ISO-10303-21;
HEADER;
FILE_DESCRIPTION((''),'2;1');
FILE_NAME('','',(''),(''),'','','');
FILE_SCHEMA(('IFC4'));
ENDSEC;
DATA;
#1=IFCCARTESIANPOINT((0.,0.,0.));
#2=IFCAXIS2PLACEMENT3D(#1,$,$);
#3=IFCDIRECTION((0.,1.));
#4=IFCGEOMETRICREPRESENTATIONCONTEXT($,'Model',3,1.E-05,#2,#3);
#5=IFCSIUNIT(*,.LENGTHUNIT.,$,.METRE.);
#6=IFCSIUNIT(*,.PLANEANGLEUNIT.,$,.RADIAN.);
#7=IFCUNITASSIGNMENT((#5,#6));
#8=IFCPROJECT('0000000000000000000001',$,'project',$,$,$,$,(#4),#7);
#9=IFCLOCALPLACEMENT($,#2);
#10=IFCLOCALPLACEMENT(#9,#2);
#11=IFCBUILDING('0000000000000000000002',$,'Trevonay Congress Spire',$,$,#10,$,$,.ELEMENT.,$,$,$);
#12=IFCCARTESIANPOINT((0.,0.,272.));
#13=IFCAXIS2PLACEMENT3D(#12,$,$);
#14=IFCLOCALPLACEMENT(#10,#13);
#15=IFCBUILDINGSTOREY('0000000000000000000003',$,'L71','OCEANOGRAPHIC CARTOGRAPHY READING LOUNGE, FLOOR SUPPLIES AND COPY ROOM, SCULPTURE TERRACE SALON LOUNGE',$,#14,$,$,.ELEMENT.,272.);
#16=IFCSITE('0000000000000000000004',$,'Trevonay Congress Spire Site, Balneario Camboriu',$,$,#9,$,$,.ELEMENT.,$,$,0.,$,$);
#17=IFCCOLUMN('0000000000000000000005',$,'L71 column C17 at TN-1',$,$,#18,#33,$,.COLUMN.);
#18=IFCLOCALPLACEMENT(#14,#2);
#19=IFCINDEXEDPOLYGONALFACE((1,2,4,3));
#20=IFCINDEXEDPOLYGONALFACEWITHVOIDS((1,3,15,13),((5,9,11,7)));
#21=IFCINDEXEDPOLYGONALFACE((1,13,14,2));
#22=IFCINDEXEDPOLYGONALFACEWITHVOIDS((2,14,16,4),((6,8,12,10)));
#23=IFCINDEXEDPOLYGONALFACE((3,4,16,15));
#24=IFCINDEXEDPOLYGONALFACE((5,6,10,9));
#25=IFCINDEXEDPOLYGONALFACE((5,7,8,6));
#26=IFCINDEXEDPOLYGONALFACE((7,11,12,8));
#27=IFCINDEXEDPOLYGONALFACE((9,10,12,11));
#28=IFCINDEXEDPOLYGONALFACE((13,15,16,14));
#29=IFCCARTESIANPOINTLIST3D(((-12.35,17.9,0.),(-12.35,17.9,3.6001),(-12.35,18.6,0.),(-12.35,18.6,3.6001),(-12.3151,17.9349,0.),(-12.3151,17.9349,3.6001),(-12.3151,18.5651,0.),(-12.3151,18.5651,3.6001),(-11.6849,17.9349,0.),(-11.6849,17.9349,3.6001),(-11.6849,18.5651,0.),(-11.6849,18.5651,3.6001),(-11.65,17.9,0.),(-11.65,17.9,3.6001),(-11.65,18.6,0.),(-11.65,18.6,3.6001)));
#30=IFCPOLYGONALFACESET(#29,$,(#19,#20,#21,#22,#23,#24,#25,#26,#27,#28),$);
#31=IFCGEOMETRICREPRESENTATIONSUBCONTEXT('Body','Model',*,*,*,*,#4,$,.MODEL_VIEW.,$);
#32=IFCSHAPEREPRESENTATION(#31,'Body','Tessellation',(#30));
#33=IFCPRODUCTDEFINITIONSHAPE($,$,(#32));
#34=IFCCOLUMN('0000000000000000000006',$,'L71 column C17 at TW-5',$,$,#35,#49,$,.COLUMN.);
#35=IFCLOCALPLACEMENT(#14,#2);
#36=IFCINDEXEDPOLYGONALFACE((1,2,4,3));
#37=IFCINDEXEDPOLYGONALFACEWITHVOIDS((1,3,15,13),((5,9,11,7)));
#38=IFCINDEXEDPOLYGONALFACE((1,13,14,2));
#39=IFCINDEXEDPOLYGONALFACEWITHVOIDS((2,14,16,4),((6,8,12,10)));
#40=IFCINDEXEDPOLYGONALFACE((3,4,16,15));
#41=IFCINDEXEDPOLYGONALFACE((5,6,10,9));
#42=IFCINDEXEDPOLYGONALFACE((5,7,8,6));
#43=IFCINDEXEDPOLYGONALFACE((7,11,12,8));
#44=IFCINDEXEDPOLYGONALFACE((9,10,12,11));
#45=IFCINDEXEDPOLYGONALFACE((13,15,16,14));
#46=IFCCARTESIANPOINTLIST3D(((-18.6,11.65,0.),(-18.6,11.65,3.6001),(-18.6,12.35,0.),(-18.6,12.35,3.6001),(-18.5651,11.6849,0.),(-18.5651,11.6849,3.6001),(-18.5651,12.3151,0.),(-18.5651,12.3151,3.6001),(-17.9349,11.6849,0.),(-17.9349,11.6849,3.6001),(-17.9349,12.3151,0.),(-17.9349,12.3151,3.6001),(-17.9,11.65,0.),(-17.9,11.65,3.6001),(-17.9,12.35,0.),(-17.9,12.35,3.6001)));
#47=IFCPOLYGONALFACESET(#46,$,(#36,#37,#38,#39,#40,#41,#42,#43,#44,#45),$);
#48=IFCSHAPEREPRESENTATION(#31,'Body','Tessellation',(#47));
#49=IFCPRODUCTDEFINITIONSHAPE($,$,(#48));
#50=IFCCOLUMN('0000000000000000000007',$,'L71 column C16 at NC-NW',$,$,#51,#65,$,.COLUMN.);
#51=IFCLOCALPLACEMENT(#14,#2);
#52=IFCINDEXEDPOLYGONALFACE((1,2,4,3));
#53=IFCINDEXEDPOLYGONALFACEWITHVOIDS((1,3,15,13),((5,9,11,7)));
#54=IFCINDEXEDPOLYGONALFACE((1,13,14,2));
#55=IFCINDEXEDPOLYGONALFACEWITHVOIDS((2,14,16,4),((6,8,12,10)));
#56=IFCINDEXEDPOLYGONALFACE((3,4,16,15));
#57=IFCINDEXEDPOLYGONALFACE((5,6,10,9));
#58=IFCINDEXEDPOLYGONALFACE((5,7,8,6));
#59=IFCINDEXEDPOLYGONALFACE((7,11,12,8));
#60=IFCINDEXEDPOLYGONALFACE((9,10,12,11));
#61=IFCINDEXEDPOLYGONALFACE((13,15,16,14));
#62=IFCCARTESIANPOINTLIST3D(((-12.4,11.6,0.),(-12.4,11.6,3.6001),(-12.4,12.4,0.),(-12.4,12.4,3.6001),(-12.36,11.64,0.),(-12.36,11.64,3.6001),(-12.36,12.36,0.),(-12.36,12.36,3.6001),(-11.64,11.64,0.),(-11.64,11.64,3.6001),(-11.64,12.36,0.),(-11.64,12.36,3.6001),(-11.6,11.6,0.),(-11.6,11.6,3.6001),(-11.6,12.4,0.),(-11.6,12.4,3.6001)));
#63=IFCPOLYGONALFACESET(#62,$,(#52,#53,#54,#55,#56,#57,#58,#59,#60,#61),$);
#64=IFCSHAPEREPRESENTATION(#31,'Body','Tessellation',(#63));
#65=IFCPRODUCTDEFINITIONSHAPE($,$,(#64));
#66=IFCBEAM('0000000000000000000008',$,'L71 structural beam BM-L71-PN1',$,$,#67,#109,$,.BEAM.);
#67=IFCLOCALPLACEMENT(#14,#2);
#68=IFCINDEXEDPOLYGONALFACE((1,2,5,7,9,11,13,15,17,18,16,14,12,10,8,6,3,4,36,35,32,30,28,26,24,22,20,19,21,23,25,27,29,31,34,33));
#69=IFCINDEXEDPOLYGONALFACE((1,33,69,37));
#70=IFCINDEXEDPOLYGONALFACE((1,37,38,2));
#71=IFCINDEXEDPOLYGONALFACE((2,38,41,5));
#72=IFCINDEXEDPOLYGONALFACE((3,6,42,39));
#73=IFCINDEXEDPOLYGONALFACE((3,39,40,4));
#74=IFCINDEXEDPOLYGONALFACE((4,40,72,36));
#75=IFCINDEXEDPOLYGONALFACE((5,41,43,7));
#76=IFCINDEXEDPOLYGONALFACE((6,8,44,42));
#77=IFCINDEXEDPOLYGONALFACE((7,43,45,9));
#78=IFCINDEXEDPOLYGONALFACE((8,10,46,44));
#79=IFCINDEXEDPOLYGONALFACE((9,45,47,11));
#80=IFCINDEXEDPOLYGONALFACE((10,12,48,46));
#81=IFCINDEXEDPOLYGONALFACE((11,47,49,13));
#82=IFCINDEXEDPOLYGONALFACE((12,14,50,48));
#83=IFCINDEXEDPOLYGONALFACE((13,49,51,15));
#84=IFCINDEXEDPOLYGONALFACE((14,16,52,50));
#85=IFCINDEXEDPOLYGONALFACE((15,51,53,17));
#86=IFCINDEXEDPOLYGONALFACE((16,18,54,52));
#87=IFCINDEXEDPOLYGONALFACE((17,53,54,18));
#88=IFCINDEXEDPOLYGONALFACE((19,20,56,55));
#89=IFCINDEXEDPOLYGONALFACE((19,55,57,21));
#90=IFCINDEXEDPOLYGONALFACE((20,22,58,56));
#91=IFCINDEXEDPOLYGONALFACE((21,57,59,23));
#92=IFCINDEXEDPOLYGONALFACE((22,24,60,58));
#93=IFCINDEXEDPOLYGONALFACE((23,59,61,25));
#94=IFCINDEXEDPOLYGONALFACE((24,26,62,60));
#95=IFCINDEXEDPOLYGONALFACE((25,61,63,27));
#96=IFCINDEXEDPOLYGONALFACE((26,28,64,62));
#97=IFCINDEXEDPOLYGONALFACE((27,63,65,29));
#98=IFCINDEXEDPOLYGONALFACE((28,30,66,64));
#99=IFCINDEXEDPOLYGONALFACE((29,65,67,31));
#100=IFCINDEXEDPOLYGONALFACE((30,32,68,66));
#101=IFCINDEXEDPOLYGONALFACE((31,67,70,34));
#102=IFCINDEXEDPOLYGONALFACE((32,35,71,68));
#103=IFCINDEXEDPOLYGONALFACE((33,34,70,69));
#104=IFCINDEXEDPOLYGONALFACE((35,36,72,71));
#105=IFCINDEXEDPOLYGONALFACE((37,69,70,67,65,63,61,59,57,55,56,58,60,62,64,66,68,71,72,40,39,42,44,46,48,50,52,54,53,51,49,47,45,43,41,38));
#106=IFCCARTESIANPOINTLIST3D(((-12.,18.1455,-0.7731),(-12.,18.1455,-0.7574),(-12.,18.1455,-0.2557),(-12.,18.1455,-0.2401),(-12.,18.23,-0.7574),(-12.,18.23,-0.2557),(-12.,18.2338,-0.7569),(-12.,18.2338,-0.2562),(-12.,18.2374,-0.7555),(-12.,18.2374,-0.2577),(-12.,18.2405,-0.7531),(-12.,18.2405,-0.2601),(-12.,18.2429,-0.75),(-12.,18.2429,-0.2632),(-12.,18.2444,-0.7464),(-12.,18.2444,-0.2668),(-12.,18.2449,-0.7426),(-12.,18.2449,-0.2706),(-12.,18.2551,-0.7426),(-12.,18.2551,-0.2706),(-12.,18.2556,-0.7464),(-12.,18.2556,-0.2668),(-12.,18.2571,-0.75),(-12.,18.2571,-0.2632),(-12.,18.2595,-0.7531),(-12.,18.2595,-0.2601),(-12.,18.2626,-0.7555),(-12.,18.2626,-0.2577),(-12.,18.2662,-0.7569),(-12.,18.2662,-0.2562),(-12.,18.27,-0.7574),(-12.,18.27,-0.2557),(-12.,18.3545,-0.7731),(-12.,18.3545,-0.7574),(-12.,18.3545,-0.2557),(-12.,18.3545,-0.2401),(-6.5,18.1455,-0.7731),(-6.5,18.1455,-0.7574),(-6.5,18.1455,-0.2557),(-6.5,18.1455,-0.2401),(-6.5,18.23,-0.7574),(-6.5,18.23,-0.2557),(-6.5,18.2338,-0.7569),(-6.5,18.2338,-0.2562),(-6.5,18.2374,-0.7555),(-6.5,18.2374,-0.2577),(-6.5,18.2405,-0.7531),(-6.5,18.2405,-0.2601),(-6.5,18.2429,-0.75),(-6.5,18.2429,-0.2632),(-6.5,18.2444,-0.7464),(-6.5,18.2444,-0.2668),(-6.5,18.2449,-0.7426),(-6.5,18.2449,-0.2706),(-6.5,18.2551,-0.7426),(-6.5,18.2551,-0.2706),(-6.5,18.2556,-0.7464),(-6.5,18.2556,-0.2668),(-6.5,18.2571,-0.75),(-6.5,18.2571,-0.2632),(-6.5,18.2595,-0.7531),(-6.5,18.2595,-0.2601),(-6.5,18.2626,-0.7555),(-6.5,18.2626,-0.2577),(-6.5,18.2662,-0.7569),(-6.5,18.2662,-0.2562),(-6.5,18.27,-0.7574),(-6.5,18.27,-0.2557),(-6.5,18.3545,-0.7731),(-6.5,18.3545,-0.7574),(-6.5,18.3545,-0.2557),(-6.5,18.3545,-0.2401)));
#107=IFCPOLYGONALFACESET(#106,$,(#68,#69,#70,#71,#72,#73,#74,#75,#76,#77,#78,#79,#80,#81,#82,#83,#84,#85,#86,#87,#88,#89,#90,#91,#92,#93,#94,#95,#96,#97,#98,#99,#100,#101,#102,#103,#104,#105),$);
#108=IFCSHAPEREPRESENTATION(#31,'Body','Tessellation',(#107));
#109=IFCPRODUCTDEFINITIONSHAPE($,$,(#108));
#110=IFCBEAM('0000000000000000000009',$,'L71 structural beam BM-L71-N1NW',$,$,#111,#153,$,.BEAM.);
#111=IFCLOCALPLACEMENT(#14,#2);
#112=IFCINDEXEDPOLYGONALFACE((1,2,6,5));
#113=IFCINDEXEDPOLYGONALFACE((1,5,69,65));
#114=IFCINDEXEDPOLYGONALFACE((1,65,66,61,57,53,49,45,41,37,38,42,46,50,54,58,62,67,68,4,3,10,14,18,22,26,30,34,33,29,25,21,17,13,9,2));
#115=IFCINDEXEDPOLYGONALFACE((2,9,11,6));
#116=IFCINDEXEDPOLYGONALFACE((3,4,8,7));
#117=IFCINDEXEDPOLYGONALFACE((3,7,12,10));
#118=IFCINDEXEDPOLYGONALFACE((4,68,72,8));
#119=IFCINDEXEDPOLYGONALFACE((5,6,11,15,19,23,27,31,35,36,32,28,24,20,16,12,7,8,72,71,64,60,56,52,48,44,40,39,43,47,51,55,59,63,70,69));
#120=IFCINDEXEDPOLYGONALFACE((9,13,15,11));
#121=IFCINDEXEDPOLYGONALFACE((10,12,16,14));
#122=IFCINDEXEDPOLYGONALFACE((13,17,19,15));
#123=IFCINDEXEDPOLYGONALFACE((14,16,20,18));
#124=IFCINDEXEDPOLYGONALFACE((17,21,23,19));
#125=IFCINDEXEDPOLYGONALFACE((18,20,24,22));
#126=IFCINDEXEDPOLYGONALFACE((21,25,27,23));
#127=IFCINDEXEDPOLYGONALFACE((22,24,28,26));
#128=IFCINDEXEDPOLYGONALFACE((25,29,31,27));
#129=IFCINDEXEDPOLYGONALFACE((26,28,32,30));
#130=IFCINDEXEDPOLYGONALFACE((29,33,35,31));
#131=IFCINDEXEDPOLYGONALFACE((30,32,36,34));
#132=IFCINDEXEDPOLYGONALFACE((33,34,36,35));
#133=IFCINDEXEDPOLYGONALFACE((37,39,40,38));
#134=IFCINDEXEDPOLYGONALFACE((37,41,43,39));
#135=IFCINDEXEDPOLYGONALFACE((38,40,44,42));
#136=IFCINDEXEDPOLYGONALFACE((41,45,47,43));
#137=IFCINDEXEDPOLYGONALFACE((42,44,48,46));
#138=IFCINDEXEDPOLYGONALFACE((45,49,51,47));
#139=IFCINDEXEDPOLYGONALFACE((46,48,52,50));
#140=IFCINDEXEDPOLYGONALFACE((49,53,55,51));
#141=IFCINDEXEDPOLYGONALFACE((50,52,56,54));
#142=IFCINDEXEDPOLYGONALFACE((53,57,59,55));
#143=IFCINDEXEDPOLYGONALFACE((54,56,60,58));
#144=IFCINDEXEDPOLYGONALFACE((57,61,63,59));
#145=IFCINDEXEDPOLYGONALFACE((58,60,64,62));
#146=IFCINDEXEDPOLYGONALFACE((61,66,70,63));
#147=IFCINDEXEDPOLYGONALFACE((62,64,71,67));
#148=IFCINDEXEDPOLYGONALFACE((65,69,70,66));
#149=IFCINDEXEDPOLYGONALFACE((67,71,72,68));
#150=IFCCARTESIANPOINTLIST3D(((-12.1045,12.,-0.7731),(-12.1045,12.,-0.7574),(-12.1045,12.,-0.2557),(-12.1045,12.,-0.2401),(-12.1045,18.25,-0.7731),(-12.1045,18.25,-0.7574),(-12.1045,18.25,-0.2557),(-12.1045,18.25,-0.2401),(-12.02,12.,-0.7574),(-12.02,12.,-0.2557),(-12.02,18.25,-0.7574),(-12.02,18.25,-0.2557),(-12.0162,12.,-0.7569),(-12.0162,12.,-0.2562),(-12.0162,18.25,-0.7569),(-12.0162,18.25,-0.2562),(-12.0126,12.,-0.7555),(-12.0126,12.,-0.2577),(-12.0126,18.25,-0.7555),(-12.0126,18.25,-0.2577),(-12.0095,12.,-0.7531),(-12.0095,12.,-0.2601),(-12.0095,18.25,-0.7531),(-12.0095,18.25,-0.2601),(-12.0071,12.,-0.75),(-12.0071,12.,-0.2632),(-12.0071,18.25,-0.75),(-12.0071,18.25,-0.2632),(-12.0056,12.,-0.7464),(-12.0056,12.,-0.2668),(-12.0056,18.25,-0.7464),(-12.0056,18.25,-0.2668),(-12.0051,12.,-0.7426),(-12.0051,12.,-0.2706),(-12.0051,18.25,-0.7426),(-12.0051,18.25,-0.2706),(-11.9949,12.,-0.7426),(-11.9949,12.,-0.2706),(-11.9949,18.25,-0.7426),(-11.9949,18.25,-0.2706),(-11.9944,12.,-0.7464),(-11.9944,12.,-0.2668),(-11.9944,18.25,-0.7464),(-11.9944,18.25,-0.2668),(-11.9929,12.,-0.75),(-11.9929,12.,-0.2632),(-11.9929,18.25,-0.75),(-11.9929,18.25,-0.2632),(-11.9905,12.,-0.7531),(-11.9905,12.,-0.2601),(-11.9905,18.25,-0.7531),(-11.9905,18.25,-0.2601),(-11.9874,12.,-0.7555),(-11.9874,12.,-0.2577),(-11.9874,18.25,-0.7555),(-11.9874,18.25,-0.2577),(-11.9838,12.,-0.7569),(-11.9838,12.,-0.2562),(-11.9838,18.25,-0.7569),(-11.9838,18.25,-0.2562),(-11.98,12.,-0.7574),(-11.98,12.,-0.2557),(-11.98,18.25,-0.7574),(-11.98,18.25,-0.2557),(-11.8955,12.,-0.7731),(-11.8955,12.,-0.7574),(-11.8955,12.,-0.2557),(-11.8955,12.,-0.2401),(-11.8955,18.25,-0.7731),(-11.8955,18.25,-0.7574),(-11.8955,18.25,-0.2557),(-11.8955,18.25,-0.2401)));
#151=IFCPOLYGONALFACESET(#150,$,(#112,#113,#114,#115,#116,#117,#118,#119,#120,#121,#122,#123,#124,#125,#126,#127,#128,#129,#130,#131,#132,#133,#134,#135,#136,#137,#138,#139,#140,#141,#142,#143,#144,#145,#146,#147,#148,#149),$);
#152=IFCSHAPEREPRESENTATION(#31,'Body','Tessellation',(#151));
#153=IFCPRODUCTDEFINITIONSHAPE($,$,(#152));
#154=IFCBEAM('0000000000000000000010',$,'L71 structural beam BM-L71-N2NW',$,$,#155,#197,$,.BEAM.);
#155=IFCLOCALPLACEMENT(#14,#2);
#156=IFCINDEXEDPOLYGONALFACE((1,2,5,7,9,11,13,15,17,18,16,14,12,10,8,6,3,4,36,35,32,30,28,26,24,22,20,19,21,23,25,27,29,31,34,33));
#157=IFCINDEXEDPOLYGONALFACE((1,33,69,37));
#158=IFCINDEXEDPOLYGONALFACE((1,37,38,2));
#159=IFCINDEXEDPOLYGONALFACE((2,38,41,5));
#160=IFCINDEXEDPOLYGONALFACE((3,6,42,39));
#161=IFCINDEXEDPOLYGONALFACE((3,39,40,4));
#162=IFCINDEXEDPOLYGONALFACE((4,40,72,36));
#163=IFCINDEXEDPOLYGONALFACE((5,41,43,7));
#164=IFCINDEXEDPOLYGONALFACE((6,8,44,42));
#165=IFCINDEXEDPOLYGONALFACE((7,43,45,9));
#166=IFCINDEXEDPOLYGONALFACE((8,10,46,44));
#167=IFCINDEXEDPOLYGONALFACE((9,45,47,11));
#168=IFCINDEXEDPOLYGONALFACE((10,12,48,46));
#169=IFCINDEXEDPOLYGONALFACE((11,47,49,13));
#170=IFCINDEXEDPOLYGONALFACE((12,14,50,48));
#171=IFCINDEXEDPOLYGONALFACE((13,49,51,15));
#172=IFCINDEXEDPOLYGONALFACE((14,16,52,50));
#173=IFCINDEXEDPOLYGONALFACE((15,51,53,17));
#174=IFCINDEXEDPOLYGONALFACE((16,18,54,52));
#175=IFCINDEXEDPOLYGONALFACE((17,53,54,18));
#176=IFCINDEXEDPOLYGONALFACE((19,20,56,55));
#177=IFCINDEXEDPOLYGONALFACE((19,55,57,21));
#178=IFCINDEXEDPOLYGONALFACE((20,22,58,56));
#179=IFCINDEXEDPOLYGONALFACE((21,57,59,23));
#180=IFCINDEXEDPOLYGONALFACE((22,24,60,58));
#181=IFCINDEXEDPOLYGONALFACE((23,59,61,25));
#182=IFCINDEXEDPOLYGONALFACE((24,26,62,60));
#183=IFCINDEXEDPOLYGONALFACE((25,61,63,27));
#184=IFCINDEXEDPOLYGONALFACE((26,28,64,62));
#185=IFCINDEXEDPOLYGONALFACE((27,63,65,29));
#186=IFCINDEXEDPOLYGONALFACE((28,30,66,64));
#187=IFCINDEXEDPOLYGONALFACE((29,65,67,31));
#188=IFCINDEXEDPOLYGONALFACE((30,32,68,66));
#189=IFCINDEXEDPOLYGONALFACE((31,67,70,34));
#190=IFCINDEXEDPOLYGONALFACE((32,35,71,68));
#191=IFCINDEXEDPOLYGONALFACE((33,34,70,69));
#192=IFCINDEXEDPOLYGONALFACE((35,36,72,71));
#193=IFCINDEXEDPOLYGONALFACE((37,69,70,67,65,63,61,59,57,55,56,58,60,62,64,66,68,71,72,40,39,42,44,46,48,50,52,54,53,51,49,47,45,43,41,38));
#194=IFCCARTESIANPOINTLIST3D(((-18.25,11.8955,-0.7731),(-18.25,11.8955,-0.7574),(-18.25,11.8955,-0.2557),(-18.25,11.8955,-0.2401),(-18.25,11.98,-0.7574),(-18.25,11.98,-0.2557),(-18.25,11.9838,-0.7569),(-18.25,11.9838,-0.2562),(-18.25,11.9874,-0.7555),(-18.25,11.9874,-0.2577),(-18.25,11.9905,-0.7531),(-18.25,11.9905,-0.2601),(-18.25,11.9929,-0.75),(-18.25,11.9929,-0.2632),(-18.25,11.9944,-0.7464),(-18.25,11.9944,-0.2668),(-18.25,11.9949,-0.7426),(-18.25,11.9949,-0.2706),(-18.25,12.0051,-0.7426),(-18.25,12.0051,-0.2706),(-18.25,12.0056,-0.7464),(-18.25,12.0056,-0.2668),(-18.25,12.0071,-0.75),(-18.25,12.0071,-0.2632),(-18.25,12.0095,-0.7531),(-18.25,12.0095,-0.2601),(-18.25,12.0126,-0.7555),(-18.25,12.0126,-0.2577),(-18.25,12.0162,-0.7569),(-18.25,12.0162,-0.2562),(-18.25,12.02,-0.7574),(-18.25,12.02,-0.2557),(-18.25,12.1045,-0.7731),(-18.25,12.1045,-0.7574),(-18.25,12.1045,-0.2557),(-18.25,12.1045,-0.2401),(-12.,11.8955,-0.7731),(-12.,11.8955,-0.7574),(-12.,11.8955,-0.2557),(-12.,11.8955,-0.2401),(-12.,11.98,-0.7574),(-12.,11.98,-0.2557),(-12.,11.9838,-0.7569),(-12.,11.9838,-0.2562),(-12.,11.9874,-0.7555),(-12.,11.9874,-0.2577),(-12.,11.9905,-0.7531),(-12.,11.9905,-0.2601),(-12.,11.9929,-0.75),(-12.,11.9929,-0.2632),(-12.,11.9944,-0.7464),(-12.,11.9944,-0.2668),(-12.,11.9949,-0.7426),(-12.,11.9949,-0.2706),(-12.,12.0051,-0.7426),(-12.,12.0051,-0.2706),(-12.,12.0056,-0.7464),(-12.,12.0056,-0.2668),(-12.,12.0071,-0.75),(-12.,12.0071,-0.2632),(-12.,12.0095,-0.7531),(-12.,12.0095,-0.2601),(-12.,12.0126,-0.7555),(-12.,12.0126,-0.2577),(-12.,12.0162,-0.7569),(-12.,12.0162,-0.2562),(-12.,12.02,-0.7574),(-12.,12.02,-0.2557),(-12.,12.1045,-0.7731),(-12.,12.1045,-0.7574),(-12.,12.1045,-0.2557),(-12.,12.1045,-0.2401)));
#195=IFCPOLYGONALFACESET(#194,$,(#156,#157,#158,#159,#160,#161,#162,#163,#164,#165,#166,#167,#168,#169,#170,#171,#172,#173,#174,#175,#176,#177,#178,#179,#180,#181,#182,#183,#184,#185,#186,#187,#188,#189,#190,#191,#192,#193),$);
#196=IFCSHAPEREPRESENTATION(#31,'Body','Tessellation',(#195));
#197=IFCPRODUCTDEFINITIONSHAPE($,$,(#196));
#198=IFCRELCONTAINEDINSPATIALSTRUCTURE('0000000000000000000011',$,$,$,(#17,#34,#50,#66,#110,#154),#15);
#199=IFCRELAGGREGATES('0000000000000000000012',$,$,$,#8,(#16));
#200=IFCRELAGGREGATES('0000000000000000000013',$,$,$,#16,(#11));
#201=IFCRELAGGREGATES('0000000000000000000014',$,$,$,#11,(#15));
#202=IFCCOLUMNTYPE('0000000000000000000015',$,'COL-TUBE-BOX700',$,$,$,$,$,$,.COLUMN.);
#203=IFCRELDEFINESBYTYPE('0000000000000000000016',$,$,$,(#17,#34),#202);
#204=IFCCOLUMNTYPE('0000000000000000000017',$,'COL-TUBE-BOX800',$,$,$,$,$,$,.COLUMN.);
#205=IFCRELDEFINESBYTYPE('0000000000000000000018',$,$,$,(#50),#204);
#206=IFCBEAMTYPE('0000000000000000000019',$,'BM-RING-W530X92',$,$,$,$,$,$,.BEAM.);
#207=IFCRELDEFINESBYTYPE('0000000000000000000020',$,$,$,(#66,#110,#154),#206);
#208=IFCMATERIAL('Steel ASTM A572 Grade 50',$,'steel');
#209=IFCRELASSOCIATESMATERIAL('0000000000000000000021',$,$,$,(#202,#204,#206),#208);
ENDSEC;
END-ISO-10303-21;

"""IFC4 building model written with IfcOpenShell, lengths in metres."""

from ifc_helpers import new_model, si_unit, direction, frame, origin, origin_2d, place, context, subcontext, project, spatial, hollow_rectangle, i_section, extrude, material, material_profile, profile_set, type_object, element, save


model = new_model("IFC4")

# Units and contexts
model_context = context("Model", 3, precision=1e-05, world=origin(), true_north=direction((0.0, 1.0)))
body_context = subcontext(model_context, "Body", "Model", "MODEL_VIEW")
ifc_project = project(units=[si_unit("LENGTHUNIT", "METRE"), si_unit("PLANEANGLEUNIT", "RADIAN")], contexts=[model_context])

# Site, building, storey
site_placement = place(None, origin())
site = spatial("IfcSite", under=ifc_project, at=site_placement, Name="Trevonay Congress Spire Site, Balneario Camboriu", CompositionType="ELEMENT", RefElevation=0.0)
building_placement = place(site_placement, origin())
building = spatial("IfcBuilding", under=site, at=building_placement, Name="Trevonay Congress Spire", CompositionType="ELEMENT")
storey_placement = place(building_placement, frame((0.0, 0.0, 272.0)))
storey = spatial("IfcBuildingStorey", under=building, at=storey_placement, Name="L71", Description="OCEANOGRAPHIC CARTOGRAPHY READING LOUNGE, FLOOR SUPPLIES AND COPY ROOM, SCULPTURE TERRACE SALON LOUNGE", CompositionType="ELEMENT", Elevation=272.0)

# Columns
ifc_material_1 = material(Name="Steel ASTM A572 Grade 50", Category="steel")
ifc_material_profile_1 = material_profile(ifc_material_1, hollow_rectangle(XDim=0.7, YDim=0.7, WallThickness=0.0349, at=origin_2d()), Name="BOX 700x700x35")
ifc_profile_set_1 = profile_set([ifc_material_profile_1], Name="Steel ASTM A572 Grade 50")
column_type_1 = type_object("IfcColumnType", Name="COL-TUBE-BOX700", PredefinedType="COLUMN", material=ifc_profile_set_1)
for number, where, z_axis, x_axis, name in (
    (1, (-12.0, 18.25, 0.0), (0.0, 0.0, 1.0), (1.0, 0.0, 0.0), "L71 column C17 at TN-1"),
    (2, (-18.25, 12.0, 0.0), (0.0, 0.0, 1.0), (1.0, 0.0, 0.0), "L71 column C17 at TW-5"),
):
    element("IfcColumn", number, at=place(storey_placement, frame(where, z_axis=z_axis, x_axis=x_axis)), inside=storey, type_object=column_type_1, Name=name, PredefinedType="COLUMN", context=body_context, shape_type="SweptSolid", body=[
        extrude(hollow_rectangle(XDim=0.7, YDim=0.7, WallThickness=0.0349, at=origin_2d()), origin(), (0.0, 0.0, 1.0), 3.6001),
    ])
ifc_material_profile_2 = material_profile(ifc_material_1, hollow_rectangle(XDim=0.8, YDim=0.8, WallThickness=0.04, at=origin_2d()), Name="BOX 800x800x40")
ifc_profile_set_2 = profile_set([ifc_material_profile_2], Name="Steel ASTM A572 Grade 50")
column_type_2 = type_object("IfcColumnType", Name="COL-TUBE-BOX800", PredefinedType="COLUMN", material=ifc_profile_set_2)
column_placement = place(storey_placement, frame((-12.0, 12.0, 0.0), z_axis=(0.0, 0.0, 1.0), x_axis=(1.0, 0.0, 0.0)))
element("IfcColumn", 3, at=column_placement, inside=storey, type_object=column_type_2, Name="L71 column C16 at NC-NW", PredefinedType="COLUMN", context=body_context, shape_type="SweptSolid", body=[
    extrude(hollow_rectangle(XDim=0.8, YDim=0.8, WallThickness=0.04, at=origin_2d()), origin(), (0.0, 0.0, 1.0), 3.6001),
])

# Beams
ifc_material_profile_3 = material_profile(ifc_material_1, i_section(OverallWidth=0.209, OverallDepth=0.533, WebThickness=0.0103, FlangeThickness=0.0156, FilletRadius=0.0149, at=origin_2d()), Name="W530x92")
ifc_profile_set_3 = profile_set([ifc_material_profile_3], Name="Steel ASTM A572 Grade 50")
beam_type = type_object("IfcBeamType", Name="BM-RING-W530X92", PredefinedType="BEAM", material=ifc_profile_set_3)
beam_placement = place(storey_placement, frame((-12.0, 18.25, -0.5066), z_axis=(1.0, 0.0, 0.0), x_axis=(0.0, 1.0, 0.0)))
element("IfcBeam", 4, at=beam_placement, inside=storey, type_object=beam_type, Name="L71 structural beam BM-L71-PN1", PredefinedType="BEAM", context=body_context, shape_type="SweptSolid", body=[
    extrude(i_section(OverallWidth=0.209, OverallDepth=0.533, WebThickness=0.0103, FlangeThickness=0.0156, FilletRadius=0.0149, at=origin_2d()), origin(), (0.0, 0.0, 1.0), 5.5),
])
for number, where, z_axis, x_axis, name in (
    (5, (-12.0, 18.25, -0.5066), (0.0, -1.0, 0.0), (1.0, 0.0, 0.0), "L71 structural beam BM-L71-N1NW"),
    (6, (-18.25, 12.0, -0.5066), (1.0, 0.0, 0.0), (0.0, 1.0, 0.0), "L71 structural beam BM-L71-N2NW"),
):
    element("IfcBeam", number, at=place(storey_placement, frame(where, z_axis=z_axis, x_axis=x_axis)), inside=storey, type_object=beam_type, Name=name, PredefinedType="BEAM", context=body_context, shape_type="SweptSolid", body=[
        extrude(i_section(OverallWidth=0.209, OverallDepth=0.533, WebThickness=0.0103, FlangeThickness=0.0156, FilletRadius=0.0149, at=origin_2d()), origin(), (0.0, 0.0, 1.0), 6.25),
    ])

save(model, "model.ifc")
